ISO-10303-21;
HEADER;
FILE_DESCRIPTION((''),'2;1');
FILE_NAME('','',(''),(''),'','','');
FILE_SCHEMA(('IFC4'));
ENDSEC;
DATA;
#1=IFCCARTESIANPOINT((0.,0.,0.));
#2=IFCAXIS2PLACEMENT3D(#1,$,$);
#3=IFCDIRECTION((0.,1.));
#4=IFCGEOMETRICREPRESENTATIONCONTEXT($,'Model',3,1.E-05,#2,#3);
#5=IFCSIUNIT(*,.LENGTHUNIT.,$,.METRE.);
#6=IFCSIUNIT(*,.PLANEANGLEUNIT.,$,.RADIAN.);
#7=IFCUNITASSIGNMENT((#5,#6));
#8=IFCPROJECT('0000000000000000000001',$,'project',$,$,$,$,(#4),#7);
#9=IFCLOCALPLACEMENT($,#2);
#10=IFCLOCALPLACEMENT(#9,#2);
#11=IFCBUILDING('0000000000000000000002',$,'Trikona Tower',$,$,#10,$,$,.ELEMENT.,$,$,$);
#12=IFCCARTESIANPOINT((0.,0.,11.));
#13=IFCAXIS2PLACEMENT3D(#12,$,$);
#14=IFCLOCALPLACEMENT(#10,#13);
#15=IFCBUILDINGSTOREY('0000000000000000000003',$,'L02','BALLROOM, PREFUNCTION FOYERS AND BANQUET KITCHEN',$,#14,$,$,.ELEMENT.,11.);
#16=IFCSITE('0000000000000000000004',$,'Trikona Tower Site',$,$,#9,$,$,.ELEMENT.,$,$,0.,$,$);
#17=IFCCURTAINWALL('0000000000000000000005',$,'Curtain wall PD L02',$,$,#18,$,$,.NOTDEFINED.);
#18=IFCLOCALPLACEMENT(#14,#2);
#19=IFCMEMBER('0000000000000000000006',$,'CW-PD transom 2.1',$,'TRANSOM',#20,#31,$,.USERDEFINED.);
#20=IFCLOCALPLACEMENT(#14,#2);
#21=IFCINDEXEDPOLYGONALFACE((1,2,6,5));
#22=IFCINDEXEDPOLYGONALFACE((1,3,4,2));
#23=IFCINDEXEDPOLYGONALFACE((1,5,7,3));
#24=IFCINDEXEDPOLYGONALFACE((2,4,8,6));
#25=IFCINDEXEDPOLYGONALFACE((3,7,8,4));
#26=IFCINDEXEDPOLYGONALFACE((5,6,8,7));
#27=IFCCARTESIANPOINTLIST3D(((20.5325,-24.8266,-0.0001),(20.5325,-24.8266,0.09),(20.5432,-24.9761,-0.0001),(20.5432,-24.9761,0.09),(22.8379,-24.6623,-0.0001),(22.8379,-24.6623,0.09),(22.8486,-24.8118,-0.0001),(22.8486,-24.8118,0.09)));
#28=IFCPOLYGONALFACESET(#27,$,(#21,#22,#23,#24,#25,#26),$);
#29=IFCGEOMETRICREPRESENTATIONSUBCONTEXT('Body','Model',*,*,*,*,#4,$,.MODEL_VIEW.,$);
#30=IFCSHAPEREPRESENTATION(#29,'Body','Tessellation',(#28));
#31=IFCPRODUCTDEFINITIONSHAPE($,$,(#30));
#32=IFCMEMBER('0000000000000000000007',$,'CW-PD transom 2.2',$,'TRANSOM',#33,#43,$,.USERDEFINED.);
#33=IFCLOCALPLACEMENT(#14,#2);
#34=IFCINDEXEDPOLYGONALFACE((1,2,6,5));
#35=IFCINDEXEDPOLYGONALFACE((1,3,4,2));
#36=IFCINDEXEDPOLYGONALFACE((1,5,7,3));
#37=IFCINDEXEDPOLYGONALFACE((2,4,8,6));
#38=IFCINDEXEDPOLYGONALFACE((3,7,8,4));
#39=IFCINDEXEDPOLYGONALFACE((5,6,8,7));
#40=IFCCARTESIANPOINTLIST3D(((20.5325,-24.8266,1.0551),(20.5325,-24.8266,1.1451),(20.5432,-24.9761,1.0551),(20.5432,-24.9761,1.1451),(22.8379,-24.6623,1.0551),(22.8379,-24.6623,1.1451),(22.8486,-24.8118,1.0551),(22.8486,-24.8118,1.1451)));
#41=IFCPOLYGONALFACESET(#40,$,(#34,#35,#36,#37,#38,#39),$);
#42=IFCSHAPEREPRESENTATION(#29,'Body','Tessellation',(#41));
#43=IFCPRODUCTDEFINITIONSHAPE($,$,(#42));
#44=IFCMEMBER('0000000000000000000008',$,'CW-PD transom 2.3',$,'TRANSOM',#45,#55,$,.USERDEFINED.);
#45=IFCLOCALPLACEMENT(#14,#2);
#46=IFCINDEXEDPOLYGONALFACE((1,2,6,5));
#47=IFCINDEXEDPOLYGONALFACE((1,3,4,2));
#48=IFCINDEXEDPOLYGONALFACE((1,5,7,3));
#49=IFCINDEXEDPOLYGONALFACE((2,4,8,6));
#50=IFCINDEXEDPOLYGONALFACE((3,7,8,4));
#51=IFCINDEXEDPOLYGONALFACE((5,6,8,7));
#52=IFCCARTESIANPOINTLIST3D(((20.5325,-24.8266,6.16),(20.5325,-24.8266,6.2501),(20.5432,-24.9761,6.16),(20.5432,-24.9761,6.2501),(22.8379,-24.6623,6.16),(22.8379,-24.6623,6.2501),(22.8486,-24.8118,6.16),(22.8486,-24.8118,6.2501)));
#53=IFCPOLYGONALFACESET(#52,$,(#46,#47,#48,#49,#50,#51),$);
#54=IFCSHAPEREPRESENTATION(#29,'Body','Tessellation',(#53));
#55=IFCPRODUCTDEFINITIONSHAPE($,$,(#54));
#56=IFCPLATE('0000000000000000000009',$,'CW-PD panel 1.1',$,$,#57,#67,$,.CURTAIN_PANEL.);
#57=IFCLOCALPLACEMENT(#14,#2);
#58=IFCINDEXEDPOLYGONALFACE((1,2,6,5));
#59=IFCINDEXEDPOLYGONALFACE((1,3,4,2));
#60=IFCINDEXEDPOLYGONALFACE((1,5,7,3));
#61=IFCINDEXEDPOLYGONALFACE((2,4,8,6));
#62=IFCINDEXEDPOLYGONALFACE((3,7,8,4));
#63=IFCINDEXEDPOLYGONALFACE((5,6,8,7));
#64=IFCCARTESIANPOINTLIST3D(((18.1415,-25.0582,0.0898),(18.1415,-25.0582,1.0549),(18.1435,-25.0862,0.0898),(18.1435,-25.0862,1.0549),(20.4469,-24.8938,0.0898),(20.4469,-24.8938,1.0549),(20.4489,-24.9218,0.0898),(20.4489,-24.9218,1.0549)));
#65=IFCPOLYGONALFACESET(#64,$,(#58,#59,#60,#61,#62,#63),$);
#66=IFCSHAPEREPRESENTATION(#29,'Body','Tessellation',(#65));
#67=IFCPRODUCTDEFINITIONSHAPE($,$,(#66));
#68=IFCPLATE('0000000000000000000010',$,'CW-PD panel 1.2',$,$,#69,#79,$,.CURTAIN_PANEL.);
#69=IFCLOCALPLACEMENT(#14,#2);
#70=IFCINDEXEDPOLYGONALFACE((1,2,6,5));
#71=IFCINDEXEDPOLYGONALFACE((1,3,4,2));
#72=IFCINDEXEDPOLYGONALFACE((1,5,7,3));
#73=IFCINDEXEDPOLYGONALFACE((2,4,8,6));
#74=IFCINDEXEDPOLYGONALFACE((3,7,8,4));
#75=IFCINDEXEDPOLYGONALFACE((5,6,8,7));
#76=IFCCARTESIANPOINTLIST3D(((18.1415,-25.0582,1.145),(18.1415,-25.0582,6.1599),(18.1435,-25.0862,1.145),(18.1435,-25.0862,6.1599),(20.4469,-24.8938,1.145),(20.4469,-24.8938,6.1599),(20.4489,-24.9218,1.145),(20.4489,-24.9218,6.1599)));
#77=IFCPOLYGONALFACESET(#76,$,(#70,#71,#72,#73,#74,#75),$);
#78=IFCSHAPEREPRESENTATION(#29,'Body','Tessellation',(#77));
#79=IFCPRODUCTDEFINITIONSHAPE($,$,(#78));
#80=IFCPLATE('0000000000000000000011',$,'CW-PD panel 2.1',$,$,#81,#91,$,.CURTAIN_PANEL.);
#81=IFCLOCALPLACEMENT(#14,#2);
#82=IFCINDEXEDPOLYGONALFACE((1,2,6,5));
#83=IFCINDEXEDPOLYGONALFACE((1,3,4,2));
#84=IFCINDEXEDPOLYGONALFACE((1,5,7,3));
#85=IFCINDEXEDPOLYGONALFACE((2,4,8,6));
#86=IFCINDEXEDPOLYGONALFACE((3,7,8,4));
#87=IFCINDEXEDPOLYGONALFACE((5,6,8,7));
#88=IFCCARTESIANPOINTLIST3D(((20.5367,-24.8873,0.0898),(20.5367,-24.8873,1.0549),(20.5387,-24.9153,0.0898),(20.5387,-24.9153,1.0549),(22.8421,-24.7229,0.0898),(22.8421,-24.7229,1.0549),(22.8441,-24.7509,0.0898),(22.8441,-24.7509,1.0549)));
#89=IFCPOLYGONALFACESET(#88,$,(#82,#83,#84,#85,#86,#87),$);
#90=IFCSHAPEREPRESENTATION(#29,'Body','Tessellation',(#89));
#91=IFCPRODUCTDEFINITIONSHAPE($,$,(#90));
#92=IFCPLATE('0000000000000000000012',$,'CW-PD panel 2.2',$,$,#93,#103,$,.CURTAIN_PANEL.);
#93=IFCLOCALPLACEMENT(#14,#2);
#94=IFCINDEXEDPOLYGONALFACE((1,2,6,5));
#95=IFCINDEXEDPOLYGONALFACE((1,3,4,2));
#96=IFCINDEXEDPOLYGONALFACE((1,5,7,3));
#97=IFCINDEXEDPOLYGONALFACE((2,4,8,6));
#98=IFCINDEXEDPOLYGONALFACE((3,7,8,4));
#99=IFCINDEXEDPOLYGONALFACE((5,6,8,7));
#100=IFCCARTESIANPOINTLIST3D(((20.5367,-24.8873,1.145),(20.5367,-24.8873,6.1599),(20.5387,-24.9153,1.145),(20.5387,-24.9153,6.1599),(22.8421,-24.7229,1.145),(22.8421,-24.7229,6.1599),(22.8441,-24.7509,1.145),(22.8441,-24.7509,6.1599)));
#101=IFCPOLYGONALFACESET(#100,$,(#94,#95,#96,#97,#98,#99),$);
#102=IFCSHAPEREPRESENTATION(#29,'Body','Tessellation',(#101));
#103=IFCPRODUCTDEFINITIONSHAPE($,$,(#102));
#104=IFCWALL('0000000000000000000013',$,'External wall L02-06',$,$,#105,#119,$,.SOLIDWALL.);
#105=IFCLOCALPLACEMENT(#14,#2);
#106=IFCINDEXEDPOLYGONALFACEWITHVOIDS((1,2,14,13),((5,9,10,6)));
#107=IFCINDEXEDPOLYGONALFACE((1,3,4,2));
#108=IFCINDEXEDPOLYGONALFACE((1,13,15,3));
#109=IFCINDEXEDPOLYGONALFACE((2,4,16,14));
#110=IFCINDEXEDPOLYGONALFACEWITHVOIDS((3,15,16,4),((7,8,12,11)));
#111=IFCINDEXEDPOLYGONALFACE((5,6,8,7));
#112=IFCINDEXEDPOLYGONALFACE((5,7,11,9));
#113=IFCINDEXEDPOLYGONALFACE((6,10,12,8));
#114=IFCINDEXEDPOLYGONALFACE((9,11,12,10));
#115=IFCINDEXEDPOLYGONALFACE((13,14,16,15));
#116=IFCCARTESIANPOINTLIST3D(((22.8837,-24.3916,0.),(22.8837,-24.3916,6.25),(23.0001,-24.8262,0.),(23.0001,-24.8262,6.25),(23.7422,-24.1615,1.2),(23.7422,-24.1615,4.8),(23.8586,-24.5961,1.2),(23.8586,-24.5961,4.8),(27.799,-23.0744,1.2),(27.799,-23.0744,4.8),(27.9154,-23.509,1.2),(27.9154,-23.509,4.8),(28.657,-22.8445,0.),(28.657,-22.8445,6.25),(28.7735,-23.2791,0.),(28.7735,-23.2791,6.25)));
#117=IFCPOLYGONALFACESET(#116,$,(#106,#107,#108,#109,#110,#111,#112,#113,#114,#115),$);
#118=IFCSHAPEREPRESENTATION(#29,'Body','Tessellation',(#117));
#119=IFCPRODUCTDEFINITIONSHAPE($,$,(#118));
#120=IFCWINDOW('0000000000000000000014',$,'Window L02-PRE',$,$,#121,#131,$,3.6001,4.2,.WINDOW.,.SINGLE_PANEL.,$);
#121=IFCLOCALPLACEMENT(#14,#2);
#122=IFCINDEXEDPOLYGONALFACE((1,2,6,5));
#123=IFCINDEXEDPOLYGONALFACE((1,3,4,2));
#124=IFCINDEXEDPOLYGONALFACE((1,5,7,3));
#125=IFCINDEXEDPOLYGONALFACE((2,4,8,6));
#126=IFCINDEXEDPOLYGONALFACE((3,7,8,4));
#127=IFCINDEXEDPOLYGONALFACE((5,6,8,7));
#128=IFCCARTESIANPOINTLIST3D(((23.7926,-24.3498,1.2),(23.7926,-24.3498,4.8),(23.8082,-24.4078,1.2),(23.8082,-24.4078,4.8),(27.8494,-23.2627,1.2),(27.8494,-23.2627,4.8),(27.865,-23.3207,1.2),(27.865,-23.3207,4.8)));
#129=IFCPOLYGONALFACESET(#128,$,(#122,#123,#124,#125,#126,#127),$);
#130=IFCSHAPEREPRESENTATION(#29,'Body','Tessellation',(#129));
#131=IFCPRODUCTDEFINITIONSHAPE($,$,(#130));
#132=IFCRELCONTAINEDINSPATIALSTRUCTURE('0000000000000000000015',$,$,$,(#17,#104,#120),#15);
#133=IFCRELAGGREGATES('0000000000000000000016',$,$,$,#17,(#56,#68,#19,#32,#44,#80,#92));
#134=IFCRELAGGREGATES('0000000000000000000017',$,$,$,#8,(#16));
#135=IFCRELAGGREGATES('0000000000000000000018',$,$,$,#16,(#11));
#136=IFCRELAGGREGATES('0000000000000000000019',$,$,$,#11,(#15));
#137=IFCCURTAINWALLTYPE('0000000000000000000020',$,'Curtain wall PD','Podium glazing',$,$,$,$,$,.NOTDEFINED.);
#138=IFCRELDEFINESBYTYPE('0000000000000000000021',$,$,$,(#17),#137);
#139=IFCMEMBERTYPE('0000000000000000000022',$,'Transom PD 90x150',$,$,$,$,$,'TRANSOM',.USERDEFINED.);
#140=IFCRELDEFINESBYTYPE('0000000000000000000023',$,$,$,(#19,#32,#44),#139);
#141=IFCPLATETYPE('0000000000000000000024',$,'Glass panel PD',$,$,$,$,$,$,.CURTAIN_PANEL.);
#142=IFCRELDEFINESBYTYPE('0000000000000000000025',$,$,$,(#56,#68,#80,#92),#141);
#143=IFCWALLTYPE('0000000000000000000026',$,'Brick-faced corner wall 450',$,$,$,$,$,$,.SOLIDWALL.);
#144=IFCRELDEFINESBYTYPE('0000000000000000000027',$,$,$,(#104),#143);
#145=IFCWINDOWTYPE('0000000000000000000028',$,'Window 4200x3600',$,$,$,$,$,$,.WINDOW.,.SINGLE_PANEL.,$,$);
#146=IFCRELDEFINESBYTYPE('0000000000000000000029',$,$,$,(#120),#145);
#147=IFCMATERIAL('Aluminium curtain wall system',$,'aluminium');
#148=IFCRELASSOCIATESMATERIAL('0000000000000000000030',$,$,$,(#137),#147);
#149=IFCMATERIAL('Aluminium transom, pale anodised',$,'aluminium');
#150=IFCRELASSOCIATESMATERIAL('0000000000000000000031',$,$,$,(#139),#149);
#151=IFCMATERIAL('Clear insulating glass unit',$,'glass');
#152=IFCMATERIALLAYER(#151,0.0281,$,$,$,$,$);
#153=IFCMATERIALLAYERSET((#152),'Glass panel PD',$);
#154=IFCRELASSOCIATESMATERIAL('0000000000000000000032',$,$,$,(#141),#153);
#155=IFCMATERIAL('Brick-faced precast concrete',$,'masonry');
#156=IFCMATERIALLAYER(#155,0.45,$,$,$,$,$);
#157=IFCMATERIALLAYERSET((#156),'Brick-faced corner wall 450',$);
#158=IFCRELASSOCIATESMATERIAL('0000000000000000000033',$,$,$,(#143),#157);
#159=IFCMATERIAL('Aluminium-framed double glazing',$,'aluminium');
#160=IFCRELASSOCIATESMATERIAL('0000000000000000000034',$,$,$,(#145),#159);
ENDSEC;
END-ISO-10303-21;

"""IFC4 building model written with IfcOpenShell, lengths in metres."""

from ifc_helpers import new_model, si_unit, direction, frame, frame_2d, origin, origin_2d, place, context, subcontext, project, spatial, rectangle, extrude, material, layer, layer_set, material_profile, profile_set, type_object, element, fill, aggregate, save


model = new_model("IFC4")

# Units and contexts
model_context = context("Model", 3, precision=1e-05, world=origin(), true_north=direction((0.0, 1.0)))
body_context = subcontext(model_context, "Body", "Model", "MODEL_VIEW")
ifc_project = project(units=[si_unit("LENGTHUNIT", "METRE"), si_unit("PLANEANGLEUNIT", "RADIAN")], contexts=[model_context])

# Site, building, storey
site_placement = place(None, origin())
site = spatial("IfcSite", under=ifc_project, at=site_placement, Name="Trikona Tower Site", CompositionType="ELEMENT", RefElevation=0.0)
building_placement = place(site_placement, origin())
building = spatial("IfcBuilding", under=site, at=building_placement, Name="Trikona Tower", CompositionType="ELEMENT")
storey_placement = place(building_placement, frame((0.0, 0.0, 11.0)))
storey = spatial("IfcBuildingStorey", under=building, at=storey_placement, Name="L02", Description="BALLROOM, PREFUNCTION FOYERS AND BANQUET KITCHEN", CompositionType="ELEMENT", Elevation=11.0)

# Curtain wall
ifc_material_1 = material(Name="Aluminium curtain wall system", Category="aluminium")
curtain_wall_type = type_object("IfcCurtainWallType", Name="Curtain wall PD", Description="Podium glazing", PredefinedType="NOTDEFINED", material=ifc_material_1)
curtain_wall_placement = place(storey_placement, origin())
curtain_wall = element("IfcCurtainWall", 1, at=curtain_wall_placement, inside=storey, type_object=curtain_wall_type, Name="Curtain wall PD L02", PredefinedType="NOTDEFINED")

# Members
ifc_material_2 = material(Name="Aluminium transom, pale anodised", Category="aluminium")
ifc_material_profile_1 = material_profile(ifc_material_2, rectangle(XDim=0.1499, YDim=0.0901, at=origin_2d()), Name="TRN-PD")
ifc_profile_set_1 = profile_set([ifc_material_profile_1], Name="Aluminium transom, pale anodised")
member_type_1 = type_object("IfcMemberType", Name="Transom PD 90x150", ElementType="TRANSOM", PredefinedType="USERDEFINED", material=ifc_profile_set_1)
member_1_placement = place(storey_placement, frame((20.5378, -24.9014, 0.0449), z_axis=(0.99747, 0.071089, 0.0), x_axis=(-0.071089, 0.99747, 0.0)))
member_1 = element("IfcMember", 2, at=member_1_placement, type_object=member_type_1, Name="CW-PD transom 2.1", ObjectType="TRANSOM", PredefinedType="USERDEFINED", context=body_context, shape_type="SweptSolid", body=[
    extrude(rectangle(XDim=0.1499, YDim=0.0901, at=origin_2d()), origin(), (0.0, 0.0, 1.0), 2.3113),
])
member_2_placement = place(storey_placement, frame((20.5378, -24.9014, 1.1001), z_axis=(0.99747, 0.071089, 0.0), x_axis=(-0.071089, 0.99747, 0.0)))
member_2 = element("IfcMember", 3, at=member_2_placement, type_object=member_type_1, Name="CW-PD transom 2.2", ObjectType="TRANSOM", PredefinedType="USERDEFINED", context=body_context, shape_type="SweptSolid", body=[
    extrude(rectangle(XDim=0.1499, YDim=0.0901, at=origin_2d()), origin(), (0.0, 0.0, 1.0), 2.3113),
])
member_3_placement = place(storey_placement, frame((20.5378, -24.9014, 6.2051), z_axis=(0.99747, 0.071089, 0.0), x_axis=(-0.071089, 0.99747, 0.0)))
member_3 = element("IfcMember", 4, at=member_3_placement, type_object=member_type_1, Name="CW-PD transom 2.3", ObjectType="TRANSOM", PredefinedType="USERDEFINED", context=body_context, shape_type="SweptSolid", body=[
    extrude(rectangle(XDim=0.1499, YDim=0.0901, at=origin_2d()), origin(), (0.0, 0.0, 1.0), 2.3113),
])

# Plates
ifc_material_3 = material(Name="Clear insulating glass unit", Category="glass")
ifc_layer_1 = layer(ifc_material_3, 0.0281)
ifc_layer_set_1 = layer_set([ifc_layer_1], Name="Glass panel PD")
plate_type = type_object("IfcPlateType", Name="Glass panel PD", PredefinedType="CURTAIN_PANEL", material=ifc_layer_set_1)
plate_1_placement = place(storey_placement, frame((19.2952, -24.99, 0.0898), z_axis=(0.0, 0.0, 1.0), x_axis=(0.997467, 0.071126, 0.0)))
plate_1 = element("IfcPlate", 5, at=plate_1_placement, type_object=plate_type, Name="CW-PD panel 1.1", PredefinedType="CURTAIN_PANEL", context=body_context, shape_type="SweptSolid", body=[
    extrude(rectangle(XDim=2.3113, YDim=0.0281, at=origin_2d()), origin(), (0.0, 0.0, 1.0), 0.9651),
])
plate_2_placement = place(storey_placement, frame((19.2952, -24.99, 1.145), z_axis=(0.0, 0.0, 1.0), x_axis=(0.997467, 0.071126, 0.0)))
plate_2 = element("IfcPlate", 6, at=plate_2_placement, type_object=plate_type, Name="CW-PD panel 1.2", PredefinedType="CURTAIN_PANEL", context=body_context, shape_type="SweptSolid", body=[
    extrude(rectangle(XDim=2.3113, YDim=0.0281, at=origin_2d()), origin(), (0.0, 0.0, 1.0), 5.0149),
])
plate_3_placement = place(storey_placement, frame((21.6904, -24.8191, 0.0898), z_axis=(0.0, 0.0, 1.0), x_axis=(0.997467, 0.071126, 0.0)))
plate_3 = element("IfcPlate", 7, at=plate_3_placement, type_object=plate_type, Name="CW-PD panel 2.1", PredefinedType="CURTAIN_PANEL", context=body_context, shape_type="SweptSolid", body=[
    extrude(rectangle(XDim=2.3113, YDim=0.0281, at=origin_2d()), origin(), (0.0, 0.0, 1.0), 0.9651),
])
plate_4_placement = place(storey_placement, frame((21.6904, -24.8191, 1.145), z_axis=(0.0, 0.0, 1.0), x_axis=(0.997467, 0.071126, 0.0)))
plate_4 = element("IfcPlate", 8, at=plate_4_placement, type_object=plate_type, Name="CW-PD panel 2.2", PredefinedType="CURTAIN_PANEL", context=body_context, shape_type="SweptSolid", body=[
    extrude(rectangle(XDim=2.3113, YDim=0.0281, at=origin_2d()), origin(), (0.0, 0.0, 1.0), 5.0149),
])
aggregate(curtain_wall, [plate_1, plate_2, member_1, member_2, member_3, plate_3, plate_4])

# Wall, opening, window
ifc_material_4 = material(Name="Brick-faced precast concrete", Category="masonry")
ifc_layer_2 = layer(ifc_material_4, 0.45)
ifc_layer_set_2 = layer_set([ifc_layer_2], Name="Brick-faced corner wall 450")
wall_type = type_object("IfcWallType", Name="Brick-faced corner wall 450", PredefinedType="SOLIDWALL", material=ifc_layer_set_2)
wall_placement = place(storey_placement, frame((22.9419, -24.6089, 0.0), z_axis=(0.0, 0.0, 1.0), x_axis=(0.96592, 0.25884, 0.0)))
wall = element("IfcWall", 9, at=wall_placement, inside=storey, type_object=wall_type, Name="External wall L02-06", PredefinedType="SOLIDWALL", context=body_context, shape_type="SweptSolid", body=[
    extrude(rectangle(XDim=5.9771, YDim=0.45, at=frame_2d((2.9885, 0.0))), origin(), (0.0, 0.0, 1.0), 6.25),
])
opening_placement = place(wall_placement, frame((0.8887, 0.0, 1.2)))
opening = element("IfcOpeningElement", 10, at=opening_placement, cuts=wall, PredefinedType="OPENING", context=body_context, shape_type="SweptSolid", body=[
    extrude(rectangle(XDim=4.2, YDim=3.6001, at=frame_2d((2.1001, 1.8))), frame((0.0, 0.2349, 0.0), z_axis=(0.0, -1.0, 0.0), x_axis=(1.0, 0.0, 0.0)), (0.0, 0.0, 1.0), 0.47),
])
ifc_material_5 = material(Name="Aluminium-framed double glazing", Category="aluminium")
window_type = type_object("IfcWindowType", Name="Window 4200x3600", PartitioningType="SINGLE_PANEL", PredefinedType="WINDOW", material=ifc_material_5)
window_placement = place(opening_placement, origin())
window = element("IfcWindow", 11, at=window_placement, inside=storey, type_object=window_type, Name="Window L02-PRE", OverallHeight=3.6001, OverallWidth=4.2, PartitioningType="SINGLE_PANEL", PredefinedType="WINDOW", context=body_context, shape_type="SweptSolid", body=[
    extrude(rectangle(XDim=4.2, YDim=3.6001, at=frame_2d((2.1001, 1.8))), frame((0.0, 0.03, 0.0), z_axis=(0.0, -1.0, 0.0), x_axis=(1.0, 0.0, 0.0)), (0.0, 0.0, 1.0), 0.0601),
])
fill(opening, window)

save(model, "model.ifc")
